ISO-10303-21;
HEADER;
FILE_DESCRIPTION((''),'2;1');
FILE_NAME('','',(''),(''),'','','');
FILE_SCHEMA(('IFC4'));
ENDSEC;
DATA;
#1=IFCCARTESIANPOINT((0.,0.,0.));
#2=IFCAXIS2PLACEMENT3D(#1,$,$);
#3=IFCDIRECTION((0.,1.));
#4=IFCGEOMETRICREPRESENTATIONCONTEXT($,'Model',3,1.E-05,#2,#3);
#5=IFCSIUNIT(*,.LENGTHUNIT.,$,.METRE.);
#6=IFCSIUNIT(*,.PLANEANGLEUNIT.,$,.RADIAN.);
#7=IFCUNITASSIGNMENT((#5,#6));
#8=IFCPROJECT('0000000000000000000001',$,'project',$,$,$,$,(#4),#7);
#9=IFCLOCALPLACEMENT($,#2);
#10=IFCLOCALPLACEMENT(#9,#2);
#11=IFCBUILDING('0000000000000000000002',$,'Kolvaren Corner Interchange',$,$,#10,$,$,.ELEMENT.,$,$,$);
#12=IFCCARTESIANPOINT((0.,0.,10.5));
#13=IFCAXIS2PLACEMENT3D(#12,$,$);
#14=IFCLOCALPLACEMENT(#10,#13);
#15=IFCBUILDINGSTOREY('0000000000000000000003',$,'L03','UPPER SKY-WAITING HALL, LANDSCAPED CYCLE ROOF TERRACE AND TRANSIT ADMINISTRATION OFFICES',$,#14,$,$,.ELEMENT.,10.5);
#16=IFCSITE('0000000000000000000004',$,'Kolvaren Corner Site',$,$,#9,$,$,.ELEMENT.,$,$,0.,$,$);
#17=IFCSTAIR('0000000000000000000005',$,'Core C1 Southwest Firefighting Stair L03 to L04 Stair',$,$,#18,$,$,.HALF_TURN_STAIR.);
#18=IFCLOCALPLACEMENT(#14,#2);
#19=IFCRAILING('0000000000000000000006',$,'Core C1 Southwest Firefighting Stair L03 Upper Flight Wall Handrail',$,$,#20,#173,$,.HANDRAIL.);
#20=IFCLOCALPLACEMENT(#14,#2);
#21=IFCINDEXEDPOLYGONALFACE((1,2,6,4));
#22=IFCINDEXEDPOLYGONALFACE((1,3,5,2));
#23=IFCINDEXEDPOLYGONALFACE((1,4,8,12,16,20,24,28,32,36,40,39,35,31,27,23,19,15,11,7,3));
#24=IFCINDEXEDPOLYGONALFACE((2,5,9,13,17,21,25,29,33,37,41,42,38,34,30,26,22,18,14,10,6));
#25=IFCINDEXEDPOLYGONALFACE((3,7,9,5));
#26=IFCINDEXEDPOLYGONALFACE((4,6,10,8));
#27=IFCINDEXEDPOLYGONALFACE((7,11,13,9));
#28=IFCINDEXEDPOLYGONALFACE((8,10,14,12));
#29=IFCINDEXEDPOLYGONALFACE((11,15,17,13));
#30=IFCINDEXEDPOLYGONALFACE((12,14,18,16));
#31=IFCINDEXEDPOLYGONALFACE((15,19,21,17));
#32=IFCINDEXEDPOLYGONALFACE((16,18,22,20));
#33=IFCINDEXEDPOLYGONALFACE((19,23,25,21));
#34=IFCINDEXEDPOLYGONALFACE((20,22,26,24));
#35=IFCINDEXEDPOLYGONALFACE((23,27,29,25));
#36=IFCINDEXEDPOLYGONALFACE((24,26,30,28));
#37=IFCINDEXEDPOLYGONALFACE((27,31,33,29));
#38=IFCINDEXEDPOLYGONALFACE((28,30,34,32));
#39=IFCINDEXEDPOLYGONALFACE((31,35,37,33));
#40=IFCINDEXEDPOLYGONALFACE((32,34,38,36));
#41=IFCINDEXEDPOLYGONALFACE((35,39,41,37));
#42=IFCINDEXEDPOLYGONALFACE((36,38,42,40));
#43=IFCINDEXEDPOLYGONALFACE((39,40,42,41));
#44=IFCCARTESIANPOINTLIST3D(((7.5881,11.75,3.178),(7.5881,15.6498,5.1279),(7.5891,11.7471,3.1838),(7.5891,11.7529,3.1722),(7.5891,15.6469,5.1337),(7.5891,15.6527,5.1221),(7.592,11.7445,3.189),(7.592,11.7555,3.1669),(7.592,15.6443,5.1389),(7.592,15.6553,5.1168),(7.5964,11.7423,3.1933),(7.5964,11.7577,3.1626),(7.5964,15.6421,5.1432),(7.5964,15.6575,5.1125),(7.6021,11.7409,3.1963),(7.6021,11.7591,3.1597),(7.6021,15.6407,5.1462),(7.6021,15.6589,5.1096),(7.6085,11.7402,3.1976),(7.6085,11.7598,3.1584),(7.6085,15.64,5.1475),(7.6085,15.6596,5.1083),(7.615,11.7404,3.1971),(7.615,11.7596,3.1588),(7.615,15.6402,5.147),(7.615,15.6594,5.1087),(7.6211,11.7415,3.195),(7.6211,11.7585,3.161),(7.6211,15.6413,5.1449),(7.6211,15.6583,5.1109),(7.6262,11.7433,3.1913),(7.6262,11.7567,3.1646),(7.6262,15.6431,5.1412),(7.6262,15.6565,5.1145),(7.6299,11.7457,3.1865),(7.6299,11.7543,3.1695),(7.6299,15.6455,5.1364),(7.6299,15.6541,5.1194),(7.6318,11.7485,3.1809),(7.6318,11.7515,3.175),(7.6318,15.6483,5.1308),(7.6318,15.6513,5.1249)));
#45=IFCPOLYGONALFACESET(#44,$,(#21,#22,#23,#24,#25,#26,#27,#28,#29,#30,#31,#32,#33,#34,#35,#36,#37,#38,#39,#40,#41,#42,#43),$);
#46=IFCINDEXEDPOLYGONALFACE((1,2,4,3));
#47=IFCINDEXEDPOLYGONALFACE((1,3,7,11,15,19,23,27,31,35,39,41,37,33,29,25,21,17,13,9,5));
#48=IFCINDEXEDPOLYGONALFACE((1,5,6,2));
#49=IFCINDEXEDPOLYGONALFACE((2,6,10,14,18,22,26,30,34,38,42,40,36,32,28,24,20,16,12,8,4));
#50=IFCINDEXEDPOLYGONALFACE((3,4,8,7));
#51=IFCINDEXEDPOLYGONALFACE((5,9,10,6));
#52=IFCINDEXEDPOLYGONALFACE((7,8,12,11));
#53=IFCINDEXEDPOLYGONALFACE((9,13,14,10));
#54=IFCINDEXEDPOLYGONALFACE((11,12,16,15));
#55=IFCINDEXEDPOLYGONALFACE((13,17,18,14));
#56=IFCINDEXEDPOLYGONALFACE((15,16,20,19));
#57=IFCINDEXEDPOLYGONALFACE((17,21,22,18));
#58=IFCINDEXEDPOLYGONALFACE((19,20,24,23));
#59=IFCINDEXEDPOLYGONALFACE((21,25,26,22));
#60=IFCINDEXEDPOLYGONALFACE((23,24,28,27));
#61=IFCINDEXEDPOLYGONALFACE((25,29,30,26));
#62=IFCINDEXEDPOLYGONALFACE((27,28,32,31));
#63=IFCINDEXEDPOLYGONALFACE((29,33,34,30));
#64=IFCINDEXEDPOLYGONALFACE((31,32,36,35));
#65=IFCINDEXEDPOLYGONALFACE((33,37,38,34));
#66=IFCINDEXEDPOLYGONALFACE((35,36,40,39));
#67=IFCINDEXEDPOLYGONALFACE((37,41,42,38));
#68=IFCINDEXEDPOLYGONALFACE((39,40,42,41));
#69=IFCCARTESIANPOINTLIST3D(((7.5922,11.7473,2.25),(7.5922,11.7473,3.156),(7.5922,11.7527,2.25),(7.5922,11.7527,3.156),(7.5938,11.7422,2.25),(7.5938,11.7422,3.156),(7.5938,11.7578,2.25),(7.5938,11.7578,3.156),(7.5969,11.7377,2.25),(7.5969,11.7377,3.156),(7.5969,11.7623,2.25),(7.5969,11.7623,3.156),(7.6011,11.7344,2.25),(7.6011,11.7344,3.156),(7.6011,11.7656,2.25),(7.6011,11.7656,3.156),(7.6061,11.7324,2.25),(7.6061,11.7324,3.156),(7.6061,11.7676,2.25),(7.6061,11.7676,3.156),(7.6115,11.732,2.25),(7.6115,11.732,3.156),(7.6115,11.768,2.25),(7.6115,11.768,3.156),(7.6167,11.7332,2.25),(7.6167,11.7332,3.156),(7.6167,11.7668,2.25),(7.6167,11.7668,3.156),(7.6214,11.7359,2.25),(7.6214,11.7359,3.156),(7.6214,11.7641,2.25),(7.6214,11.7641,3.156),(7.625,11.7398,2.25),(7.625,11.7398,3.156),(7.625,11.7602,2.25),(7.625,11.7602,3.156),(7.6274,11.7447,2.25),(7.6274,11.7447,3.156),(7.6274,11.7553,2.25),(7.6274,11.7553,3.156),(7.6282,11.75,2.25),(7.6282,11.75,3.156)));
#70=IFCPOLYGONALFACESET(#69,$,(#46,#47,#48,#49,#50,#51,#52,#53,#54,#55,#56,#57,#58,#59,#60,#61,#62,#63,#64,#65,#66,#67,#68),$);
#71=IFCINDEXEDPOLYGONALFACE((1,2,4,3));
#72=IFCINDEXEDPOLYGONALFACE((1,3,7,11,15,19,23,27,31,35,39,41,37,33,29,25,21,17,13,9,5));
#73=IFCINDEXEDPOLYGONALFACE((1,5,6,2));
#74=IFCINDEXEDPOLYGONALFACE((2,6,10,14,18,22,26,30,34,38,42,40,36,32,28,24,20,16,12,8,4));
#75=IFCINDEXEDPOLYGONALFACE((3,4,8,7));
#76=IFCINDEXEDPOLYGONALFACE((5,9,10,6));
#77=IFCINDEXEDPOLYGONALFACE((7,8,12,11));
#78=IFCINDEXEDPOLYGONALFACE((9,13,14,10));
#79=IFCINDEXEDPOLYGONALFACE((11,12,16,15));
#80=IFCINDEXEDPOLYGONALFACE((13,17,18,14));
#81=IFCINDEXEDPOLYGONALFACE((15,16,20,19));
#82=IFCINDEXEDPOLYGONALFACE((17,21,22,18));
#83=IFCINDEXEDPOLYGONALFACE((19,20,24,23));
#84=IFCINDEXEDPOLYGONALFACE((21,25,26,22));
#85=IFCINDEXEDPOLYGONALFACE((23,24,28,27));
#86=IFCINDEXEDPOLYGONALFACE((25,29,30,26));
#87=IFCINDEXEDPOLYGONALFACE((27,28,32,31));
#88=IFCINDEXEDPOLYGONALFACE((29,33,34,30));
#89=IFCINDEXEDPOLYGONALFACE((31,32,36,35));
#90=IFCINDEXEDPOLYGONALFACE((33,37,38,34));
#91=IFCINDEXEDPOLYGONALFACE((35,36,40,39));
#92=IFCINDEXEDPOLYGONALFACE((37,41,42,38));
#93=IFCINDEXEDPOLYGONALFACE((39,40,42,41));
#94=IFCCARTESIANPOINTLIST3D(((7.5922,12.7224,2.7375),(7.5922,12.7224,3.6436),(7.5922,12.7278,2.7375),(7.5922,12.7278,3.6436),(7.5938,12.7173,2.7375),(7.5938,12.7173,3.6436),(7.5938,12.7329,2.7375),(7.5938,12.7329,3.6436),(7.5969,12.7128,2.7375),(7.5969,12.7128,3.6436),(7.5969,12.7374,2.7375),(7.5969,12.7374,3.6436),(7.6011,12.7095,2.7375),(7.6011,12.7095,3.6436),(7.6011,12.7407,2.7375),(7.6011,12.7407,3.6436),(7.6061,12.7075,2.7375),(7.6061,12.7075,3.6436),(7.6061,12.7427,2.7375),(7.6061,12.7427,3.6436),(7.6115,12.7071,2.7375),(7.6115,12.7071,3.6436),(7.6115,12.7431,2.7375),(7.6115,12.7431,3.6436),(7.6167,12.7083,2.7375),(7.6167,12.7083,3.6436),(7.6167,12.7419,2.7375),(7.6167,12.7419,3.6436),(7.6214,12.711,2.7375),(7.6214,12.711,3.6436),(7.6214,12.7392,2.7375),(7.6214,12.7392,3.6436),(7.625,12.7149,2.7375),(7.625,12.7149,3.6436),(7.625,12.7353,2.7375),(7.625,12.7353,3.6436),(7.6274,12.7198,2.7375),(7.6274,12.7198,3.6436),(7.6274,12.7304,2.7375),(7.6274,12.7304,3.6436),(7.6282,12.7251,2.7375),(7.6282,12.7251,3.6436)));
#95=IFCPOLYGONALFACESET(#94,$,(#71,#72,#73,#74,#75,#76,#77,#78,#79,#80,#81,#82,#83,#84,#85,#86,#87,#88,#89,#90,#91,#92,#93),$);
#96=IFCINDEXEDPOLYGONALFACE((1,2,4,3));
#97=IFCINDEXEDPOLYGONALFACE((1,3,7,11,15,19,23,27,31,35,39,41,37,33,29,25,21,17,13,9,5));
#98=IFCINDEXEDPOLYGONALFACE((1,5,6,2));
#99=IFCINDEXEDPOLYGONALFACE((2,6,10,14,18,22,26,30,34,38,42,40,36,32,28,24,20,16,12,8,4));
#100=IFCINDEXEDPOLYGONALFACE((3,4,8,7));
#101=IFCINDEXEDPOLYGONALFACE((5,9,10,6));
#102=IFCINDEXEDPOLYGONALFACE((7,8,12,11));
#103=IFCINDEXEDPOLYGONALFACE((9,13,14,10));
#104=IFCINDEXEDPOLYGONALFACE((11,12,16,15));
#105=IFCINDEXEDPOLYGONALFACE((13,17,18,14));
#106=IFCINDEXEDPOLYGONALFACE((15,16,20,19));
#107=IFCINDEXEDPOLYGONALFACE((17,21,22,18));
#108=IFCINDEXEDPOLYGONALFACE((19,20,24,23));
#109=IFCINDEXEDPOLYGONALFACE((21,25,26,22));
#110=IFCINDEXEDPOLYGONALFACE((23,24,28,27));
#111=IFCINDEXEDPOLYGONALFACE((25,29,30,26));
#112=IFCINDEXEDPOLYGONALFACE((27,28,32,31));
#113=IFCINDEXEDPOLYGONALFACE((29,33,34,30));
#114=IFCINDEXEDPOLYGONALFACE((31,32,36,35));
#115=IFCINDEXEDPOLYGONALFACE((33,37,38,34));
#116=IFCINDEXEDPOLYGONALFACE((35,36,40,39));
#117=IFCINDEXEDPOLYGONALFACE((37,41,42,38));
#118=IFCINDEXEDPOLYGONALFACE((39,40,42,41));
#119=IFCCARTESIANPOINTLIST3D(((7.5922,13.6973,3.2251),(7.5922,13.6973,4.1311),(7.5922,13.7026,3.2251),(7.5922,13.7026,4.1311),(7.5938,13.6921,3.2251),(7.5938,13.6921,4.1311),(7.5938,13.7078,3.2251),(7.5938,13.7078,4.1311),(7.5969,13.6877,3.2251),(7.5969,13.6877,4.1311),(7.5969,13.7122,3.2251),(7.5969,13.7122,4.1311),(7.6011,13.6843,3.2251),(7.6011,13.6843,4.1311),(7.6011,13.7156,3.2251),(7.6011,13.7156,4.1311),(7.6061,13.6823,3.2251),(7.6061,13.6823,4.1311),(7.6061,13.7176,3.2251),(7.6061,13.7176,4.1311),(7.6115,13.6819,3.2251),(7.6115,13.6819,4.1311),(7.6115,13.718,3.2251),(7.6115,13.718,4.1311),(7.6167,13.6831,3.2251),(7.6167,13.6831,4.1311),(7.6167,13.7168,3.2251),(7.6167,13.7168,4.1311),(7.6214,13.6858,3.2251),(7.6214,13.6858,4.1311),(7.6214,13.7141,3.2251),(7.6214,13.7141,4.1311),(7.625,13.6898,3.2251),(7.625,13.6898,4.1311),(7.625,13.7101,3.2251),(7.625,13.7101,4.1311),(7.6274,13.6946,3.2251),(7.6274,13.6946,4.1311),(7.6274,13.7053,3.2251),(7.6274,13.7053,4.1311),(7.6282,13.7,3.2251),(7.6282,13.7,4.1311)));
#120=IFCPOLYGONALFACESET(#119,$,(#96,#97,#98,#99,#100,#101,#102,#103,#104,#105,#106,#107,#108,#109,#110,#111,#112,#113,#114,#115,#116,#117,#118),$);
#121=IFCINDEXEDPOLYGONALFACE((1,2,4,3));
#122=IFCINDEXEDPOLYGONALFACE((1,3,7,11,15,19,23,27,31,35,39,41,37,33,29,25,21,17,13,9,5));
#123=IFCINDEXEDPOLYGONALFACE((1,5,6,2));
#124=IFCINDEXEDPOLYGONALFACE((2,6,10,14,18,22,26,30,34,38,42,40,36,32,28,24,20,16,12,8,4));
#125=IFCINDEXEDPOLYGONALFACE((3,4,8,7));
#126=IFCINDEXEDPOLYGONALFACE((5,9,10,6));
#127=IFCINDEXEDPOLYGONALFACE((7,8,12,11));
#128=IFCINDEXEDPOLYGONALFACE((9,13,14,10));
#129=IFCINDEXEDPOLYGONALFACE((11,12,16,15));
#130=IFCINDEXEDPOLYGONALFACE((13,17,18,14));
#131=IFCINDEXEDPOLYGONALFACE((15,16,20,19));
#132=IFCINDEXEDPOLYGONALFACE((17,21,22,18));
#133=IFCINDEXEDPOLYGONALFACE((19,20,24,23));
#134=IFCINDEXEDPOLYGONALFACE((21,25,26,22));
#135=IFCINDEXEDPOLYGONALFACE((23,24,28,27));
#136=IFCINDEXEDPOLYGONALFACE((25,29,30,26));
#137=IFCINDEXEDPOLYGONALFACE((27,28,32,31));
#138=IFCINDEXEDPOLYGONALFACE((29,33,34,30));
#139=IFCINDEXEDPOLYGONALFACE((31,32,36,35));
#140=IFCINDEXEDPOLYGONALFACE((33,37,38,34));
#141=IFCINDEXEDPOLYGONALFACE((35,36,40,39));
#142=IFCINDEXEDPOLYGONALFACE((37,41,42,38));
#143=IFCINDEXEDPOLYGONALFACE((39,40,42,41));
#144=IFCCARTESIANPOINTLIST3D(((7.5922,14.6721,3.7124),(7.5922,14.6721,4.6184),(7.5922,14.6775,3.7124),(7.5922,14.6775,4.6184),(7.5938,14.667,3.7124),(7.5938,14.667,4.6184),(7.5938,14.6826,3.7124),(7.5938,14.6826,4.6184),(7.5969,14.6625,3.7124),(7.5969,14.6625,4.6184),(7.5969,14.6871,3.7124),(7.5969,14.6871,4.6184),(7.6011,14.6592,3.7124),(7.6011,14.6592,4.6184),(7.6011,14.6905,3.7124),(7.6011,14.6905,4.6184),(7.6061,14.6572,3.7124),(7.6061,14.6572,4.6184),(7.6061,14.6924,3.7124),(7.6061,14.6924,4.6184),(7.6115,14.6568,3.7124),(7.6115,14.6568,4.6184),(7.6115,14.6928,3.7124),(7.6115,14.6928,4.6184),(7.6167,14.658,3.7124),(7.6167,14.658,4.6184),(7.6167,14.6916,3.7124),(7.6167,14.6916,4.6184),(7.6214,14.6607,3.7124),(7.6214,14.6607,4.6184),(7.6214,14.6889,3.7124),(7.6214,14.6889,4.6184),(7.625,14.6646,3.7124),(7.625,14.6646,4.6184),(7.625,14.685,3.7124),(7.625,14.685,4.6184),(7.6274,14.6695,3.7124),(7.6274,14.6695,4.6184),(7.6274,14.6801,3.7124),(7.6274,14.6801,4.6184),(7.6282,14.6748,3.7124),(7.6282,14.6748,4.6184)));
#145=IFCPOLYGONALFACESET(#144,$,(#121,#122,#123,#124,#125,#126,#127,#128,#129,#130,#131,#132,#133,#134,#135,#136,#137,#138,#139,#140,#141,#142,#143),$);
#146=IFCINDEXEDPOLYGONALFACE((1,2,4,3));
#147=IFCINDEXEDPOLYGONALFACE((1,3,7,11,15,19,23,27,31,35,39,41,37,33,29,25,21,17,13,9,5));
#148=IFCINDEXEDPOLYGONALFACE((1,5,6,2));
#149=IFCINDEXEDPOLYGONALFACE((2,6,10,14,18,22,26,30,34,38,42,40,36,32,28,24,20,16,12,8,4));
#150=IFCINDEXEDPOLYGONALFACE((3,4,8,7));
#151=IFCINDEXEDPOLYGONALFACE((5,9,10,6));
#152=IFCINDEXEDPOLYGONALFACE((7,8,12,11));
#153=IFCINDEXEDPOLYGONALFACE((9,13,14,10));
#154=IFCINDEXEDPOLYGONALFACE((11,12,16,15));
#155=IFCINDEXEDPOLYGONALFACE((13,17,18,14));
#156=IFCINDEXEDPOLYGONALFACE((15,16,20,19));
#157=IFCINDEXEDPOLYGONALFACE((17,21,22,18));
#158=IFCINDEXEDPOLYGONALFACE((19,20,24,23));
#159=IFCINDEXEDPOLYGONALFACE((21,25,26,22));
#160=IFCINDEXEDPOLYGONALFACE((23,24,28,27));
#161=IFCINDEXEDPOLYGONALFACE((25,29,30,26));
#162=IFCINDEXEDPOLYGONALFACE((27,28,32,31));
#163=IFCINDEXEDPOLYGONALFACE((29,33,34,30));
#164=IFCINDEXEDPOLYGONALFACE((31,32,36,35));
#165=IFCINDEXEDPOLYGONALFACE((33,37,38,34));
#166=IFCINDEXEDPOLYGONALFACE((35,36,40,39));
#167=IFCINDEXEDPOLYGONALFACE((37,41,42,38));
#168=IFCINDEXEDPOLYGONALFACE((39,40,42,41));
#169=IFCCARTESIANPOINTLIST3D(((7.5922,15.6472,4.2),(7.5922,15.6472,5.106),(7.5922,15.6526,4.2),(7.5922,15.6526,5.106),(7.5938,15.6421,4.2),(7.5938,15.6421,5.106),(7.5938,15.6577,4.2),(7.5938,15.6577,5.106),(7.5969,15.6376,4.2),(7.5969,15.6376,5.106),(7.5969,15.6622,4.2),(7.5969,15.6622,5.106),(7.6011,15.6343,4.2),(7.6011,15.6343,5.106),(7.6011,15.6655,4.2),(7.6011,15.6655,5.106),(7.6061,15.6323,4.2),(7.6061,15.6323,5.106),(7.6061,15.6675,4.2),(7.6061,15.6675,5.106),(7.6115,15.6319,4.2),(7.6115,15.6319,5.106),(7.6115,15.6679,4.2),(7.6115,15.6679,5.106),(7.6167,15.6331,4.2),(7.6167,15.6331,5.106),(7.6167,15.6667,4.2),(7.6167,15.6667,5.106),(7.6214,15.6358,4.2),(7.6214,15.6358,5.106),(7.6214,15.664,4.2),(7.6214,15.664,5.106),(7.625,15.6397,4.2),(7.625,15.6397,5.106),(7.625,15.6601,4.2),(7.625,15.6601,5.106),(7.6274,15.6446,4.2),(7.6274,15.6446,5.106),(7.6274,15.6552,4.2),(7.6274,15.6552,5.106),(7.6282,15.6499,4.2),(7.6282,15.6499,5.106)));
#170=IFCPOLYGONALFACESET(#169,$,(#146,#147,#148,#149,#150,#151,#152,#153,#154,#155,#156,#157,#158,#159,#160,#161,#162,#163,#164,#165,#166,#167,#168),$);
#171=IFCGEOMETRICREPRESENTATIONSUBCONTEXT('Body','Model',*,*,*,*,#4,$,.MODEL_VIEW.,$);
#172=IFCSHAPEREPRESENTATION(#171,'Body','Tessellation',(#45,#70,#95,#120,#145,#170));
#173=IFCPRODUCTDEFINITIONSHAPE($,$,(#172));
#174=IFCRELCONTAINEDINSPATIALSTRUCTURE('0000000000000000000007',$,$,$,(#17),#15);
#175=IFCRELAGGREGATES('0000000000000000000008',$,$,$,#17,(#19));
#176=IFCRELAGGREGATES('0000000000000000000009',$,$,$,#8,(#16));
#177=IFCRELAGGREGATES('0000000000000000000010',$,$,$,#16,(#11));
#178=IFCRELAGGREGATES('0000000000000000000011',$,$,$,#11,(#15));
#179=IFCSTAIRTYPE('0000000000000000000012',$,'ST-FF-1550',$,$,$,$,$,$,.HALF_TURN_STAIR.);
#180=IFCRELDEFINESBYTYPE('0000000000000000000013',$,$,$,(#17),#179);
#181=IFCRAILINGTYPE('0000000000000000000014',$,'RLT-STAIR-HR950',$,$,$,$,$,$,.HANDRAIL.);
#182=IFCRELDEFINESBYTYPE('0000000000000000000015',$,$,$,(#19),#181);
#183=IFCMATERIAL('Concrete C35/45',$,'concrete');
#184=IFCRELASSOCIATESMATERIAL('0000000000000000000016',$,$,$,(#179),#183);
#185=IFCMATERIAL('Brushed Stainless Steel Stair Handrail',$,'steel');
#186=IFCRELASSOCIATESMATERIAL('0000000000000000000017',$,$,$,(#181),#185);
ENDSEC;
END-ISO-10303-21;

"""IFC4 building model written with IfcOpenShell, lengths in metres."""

from ifc_helpers import new_model, si_unit, direction, frame, origin, origin_2d, place, context, subcontext, project, spatial, circle, extrude, material, type_object, element, aggregate, save


model = new_model("IFC4")

# Units and contexts
model_context = context("Model", 3, precision=1e-05, world=origin(), true_north=direction((0.0, 1.0)))
body_context = subcontext(model_context, "Body", "Model", "MODEL_VIEW")
ifc_project = project(units=[si_unit("LENGTHUNIT", "METRE"), si_unit("PLANEANGLEUNIT", "RADIAN")], contexts=[model_context])

# Site, building, storey
site_placement = place(None, origin())
site = spatial("IfcSite", under=ifc_project, at=site_placement, Name="Kolvaren Corner Site", CompositionType="ELEMENT", RefElevation=0.0)
building_placement = place(site_placement, origin())
building = spatial("IfcBuilding", under=site, at=building_placement, Name="Kolvaren Corner Interchange", CompositionType="ELEMENT")
storey_placement = place(building_placement, frame((0.0, 0.0, 10.5)))
storey = spatial("IfcBuildingStorey", under=building, at=storey_placement, Name="L03", Description="UPPER SKY-WAITING HALL, LANDSCAPED CYCLE ROOF TERRACE AND TRANSIT ADMINISTRATION OFFICES", CompositionType="ELEMENT", Elevation=10.5)

# Stair
ifc_material_1 = material(Name="Concrete C35/45", Category="concrete")
stair_type = type_object("IfcStairType", Name="ST-FF-1550", PredefinedType="HALF_TURN_STAIR", material=ifc_material_1)
stair_placement = place(storey_placement, origin())
stair = element("IfcStair", 1, at=stair_placement, inside=storey, type_object=stair_type, Name="Core C1 Southwest Firefighting Stair L03 to L04 Stair", PredefinedType="HALF_TURN_STAIR")

# Railing
ifc_material_2 = material(Name="Brushed Stainless Steel Stair Handrail", Category="steel")
railing_type_1 = type_object("IfcRailingType", Name="RLT-STAIR-HR950", PredefinedType="HANDRAIL", material=ifc_material_2)
railing_1_placement = place(storey_placement, frame((7.6101, 11.75, 2.25)))
railing_1 = element("IfcRailing", 2, at=railing_1_placement, type_object=railing_type_1, Name="Core C1 Southwest Firefighting Stair L03 Upper Flight Wall Handrail", PredefinedType="HANDRAIL", context=body_context, shape_type="SweptSolid", body=[
    extrude(circle(Radius=0.022, at=origin_2d()), frame((0.0, 0.0, 0.928), z_axis=(0.0, 0.894427, 0.447214), x_axis=(-1.0, 0.0, 0.0)), (0.0, 0.0, 1.0), 4.3601),
    extrude(circle(Radius=0.0181, at=origin_2d()), origin(), (0.0, 0.0, 1.0), 0.906),
    extrude(circle(Radius=0.0181, at=origin_2d()), frame((0.0, 0.9751, 0.4875)), (0.0, 0.0, 1.0), 0.906),
    extrude(circle(Radius=0.0181, at=origin_2d()), frame((0.0, 1.95, 0.9751)), (0.0, 0.0, 1.0), 0.906),
    extrude(circle(Radius=0.0181, at=origin_2d()), frame((0.0, 2.9248, 1.4624)), (0.0, 0.0, 1.0), 0.906),
    extrude(circle(Radius=0.0181, at=origin_2d()), frame((0.0, 3.8999, 1.95)), (0.0, 0.0, 1.0), 0.906),
])
aggregate(stair, [railing_1])

save(model, "model.ifc")
